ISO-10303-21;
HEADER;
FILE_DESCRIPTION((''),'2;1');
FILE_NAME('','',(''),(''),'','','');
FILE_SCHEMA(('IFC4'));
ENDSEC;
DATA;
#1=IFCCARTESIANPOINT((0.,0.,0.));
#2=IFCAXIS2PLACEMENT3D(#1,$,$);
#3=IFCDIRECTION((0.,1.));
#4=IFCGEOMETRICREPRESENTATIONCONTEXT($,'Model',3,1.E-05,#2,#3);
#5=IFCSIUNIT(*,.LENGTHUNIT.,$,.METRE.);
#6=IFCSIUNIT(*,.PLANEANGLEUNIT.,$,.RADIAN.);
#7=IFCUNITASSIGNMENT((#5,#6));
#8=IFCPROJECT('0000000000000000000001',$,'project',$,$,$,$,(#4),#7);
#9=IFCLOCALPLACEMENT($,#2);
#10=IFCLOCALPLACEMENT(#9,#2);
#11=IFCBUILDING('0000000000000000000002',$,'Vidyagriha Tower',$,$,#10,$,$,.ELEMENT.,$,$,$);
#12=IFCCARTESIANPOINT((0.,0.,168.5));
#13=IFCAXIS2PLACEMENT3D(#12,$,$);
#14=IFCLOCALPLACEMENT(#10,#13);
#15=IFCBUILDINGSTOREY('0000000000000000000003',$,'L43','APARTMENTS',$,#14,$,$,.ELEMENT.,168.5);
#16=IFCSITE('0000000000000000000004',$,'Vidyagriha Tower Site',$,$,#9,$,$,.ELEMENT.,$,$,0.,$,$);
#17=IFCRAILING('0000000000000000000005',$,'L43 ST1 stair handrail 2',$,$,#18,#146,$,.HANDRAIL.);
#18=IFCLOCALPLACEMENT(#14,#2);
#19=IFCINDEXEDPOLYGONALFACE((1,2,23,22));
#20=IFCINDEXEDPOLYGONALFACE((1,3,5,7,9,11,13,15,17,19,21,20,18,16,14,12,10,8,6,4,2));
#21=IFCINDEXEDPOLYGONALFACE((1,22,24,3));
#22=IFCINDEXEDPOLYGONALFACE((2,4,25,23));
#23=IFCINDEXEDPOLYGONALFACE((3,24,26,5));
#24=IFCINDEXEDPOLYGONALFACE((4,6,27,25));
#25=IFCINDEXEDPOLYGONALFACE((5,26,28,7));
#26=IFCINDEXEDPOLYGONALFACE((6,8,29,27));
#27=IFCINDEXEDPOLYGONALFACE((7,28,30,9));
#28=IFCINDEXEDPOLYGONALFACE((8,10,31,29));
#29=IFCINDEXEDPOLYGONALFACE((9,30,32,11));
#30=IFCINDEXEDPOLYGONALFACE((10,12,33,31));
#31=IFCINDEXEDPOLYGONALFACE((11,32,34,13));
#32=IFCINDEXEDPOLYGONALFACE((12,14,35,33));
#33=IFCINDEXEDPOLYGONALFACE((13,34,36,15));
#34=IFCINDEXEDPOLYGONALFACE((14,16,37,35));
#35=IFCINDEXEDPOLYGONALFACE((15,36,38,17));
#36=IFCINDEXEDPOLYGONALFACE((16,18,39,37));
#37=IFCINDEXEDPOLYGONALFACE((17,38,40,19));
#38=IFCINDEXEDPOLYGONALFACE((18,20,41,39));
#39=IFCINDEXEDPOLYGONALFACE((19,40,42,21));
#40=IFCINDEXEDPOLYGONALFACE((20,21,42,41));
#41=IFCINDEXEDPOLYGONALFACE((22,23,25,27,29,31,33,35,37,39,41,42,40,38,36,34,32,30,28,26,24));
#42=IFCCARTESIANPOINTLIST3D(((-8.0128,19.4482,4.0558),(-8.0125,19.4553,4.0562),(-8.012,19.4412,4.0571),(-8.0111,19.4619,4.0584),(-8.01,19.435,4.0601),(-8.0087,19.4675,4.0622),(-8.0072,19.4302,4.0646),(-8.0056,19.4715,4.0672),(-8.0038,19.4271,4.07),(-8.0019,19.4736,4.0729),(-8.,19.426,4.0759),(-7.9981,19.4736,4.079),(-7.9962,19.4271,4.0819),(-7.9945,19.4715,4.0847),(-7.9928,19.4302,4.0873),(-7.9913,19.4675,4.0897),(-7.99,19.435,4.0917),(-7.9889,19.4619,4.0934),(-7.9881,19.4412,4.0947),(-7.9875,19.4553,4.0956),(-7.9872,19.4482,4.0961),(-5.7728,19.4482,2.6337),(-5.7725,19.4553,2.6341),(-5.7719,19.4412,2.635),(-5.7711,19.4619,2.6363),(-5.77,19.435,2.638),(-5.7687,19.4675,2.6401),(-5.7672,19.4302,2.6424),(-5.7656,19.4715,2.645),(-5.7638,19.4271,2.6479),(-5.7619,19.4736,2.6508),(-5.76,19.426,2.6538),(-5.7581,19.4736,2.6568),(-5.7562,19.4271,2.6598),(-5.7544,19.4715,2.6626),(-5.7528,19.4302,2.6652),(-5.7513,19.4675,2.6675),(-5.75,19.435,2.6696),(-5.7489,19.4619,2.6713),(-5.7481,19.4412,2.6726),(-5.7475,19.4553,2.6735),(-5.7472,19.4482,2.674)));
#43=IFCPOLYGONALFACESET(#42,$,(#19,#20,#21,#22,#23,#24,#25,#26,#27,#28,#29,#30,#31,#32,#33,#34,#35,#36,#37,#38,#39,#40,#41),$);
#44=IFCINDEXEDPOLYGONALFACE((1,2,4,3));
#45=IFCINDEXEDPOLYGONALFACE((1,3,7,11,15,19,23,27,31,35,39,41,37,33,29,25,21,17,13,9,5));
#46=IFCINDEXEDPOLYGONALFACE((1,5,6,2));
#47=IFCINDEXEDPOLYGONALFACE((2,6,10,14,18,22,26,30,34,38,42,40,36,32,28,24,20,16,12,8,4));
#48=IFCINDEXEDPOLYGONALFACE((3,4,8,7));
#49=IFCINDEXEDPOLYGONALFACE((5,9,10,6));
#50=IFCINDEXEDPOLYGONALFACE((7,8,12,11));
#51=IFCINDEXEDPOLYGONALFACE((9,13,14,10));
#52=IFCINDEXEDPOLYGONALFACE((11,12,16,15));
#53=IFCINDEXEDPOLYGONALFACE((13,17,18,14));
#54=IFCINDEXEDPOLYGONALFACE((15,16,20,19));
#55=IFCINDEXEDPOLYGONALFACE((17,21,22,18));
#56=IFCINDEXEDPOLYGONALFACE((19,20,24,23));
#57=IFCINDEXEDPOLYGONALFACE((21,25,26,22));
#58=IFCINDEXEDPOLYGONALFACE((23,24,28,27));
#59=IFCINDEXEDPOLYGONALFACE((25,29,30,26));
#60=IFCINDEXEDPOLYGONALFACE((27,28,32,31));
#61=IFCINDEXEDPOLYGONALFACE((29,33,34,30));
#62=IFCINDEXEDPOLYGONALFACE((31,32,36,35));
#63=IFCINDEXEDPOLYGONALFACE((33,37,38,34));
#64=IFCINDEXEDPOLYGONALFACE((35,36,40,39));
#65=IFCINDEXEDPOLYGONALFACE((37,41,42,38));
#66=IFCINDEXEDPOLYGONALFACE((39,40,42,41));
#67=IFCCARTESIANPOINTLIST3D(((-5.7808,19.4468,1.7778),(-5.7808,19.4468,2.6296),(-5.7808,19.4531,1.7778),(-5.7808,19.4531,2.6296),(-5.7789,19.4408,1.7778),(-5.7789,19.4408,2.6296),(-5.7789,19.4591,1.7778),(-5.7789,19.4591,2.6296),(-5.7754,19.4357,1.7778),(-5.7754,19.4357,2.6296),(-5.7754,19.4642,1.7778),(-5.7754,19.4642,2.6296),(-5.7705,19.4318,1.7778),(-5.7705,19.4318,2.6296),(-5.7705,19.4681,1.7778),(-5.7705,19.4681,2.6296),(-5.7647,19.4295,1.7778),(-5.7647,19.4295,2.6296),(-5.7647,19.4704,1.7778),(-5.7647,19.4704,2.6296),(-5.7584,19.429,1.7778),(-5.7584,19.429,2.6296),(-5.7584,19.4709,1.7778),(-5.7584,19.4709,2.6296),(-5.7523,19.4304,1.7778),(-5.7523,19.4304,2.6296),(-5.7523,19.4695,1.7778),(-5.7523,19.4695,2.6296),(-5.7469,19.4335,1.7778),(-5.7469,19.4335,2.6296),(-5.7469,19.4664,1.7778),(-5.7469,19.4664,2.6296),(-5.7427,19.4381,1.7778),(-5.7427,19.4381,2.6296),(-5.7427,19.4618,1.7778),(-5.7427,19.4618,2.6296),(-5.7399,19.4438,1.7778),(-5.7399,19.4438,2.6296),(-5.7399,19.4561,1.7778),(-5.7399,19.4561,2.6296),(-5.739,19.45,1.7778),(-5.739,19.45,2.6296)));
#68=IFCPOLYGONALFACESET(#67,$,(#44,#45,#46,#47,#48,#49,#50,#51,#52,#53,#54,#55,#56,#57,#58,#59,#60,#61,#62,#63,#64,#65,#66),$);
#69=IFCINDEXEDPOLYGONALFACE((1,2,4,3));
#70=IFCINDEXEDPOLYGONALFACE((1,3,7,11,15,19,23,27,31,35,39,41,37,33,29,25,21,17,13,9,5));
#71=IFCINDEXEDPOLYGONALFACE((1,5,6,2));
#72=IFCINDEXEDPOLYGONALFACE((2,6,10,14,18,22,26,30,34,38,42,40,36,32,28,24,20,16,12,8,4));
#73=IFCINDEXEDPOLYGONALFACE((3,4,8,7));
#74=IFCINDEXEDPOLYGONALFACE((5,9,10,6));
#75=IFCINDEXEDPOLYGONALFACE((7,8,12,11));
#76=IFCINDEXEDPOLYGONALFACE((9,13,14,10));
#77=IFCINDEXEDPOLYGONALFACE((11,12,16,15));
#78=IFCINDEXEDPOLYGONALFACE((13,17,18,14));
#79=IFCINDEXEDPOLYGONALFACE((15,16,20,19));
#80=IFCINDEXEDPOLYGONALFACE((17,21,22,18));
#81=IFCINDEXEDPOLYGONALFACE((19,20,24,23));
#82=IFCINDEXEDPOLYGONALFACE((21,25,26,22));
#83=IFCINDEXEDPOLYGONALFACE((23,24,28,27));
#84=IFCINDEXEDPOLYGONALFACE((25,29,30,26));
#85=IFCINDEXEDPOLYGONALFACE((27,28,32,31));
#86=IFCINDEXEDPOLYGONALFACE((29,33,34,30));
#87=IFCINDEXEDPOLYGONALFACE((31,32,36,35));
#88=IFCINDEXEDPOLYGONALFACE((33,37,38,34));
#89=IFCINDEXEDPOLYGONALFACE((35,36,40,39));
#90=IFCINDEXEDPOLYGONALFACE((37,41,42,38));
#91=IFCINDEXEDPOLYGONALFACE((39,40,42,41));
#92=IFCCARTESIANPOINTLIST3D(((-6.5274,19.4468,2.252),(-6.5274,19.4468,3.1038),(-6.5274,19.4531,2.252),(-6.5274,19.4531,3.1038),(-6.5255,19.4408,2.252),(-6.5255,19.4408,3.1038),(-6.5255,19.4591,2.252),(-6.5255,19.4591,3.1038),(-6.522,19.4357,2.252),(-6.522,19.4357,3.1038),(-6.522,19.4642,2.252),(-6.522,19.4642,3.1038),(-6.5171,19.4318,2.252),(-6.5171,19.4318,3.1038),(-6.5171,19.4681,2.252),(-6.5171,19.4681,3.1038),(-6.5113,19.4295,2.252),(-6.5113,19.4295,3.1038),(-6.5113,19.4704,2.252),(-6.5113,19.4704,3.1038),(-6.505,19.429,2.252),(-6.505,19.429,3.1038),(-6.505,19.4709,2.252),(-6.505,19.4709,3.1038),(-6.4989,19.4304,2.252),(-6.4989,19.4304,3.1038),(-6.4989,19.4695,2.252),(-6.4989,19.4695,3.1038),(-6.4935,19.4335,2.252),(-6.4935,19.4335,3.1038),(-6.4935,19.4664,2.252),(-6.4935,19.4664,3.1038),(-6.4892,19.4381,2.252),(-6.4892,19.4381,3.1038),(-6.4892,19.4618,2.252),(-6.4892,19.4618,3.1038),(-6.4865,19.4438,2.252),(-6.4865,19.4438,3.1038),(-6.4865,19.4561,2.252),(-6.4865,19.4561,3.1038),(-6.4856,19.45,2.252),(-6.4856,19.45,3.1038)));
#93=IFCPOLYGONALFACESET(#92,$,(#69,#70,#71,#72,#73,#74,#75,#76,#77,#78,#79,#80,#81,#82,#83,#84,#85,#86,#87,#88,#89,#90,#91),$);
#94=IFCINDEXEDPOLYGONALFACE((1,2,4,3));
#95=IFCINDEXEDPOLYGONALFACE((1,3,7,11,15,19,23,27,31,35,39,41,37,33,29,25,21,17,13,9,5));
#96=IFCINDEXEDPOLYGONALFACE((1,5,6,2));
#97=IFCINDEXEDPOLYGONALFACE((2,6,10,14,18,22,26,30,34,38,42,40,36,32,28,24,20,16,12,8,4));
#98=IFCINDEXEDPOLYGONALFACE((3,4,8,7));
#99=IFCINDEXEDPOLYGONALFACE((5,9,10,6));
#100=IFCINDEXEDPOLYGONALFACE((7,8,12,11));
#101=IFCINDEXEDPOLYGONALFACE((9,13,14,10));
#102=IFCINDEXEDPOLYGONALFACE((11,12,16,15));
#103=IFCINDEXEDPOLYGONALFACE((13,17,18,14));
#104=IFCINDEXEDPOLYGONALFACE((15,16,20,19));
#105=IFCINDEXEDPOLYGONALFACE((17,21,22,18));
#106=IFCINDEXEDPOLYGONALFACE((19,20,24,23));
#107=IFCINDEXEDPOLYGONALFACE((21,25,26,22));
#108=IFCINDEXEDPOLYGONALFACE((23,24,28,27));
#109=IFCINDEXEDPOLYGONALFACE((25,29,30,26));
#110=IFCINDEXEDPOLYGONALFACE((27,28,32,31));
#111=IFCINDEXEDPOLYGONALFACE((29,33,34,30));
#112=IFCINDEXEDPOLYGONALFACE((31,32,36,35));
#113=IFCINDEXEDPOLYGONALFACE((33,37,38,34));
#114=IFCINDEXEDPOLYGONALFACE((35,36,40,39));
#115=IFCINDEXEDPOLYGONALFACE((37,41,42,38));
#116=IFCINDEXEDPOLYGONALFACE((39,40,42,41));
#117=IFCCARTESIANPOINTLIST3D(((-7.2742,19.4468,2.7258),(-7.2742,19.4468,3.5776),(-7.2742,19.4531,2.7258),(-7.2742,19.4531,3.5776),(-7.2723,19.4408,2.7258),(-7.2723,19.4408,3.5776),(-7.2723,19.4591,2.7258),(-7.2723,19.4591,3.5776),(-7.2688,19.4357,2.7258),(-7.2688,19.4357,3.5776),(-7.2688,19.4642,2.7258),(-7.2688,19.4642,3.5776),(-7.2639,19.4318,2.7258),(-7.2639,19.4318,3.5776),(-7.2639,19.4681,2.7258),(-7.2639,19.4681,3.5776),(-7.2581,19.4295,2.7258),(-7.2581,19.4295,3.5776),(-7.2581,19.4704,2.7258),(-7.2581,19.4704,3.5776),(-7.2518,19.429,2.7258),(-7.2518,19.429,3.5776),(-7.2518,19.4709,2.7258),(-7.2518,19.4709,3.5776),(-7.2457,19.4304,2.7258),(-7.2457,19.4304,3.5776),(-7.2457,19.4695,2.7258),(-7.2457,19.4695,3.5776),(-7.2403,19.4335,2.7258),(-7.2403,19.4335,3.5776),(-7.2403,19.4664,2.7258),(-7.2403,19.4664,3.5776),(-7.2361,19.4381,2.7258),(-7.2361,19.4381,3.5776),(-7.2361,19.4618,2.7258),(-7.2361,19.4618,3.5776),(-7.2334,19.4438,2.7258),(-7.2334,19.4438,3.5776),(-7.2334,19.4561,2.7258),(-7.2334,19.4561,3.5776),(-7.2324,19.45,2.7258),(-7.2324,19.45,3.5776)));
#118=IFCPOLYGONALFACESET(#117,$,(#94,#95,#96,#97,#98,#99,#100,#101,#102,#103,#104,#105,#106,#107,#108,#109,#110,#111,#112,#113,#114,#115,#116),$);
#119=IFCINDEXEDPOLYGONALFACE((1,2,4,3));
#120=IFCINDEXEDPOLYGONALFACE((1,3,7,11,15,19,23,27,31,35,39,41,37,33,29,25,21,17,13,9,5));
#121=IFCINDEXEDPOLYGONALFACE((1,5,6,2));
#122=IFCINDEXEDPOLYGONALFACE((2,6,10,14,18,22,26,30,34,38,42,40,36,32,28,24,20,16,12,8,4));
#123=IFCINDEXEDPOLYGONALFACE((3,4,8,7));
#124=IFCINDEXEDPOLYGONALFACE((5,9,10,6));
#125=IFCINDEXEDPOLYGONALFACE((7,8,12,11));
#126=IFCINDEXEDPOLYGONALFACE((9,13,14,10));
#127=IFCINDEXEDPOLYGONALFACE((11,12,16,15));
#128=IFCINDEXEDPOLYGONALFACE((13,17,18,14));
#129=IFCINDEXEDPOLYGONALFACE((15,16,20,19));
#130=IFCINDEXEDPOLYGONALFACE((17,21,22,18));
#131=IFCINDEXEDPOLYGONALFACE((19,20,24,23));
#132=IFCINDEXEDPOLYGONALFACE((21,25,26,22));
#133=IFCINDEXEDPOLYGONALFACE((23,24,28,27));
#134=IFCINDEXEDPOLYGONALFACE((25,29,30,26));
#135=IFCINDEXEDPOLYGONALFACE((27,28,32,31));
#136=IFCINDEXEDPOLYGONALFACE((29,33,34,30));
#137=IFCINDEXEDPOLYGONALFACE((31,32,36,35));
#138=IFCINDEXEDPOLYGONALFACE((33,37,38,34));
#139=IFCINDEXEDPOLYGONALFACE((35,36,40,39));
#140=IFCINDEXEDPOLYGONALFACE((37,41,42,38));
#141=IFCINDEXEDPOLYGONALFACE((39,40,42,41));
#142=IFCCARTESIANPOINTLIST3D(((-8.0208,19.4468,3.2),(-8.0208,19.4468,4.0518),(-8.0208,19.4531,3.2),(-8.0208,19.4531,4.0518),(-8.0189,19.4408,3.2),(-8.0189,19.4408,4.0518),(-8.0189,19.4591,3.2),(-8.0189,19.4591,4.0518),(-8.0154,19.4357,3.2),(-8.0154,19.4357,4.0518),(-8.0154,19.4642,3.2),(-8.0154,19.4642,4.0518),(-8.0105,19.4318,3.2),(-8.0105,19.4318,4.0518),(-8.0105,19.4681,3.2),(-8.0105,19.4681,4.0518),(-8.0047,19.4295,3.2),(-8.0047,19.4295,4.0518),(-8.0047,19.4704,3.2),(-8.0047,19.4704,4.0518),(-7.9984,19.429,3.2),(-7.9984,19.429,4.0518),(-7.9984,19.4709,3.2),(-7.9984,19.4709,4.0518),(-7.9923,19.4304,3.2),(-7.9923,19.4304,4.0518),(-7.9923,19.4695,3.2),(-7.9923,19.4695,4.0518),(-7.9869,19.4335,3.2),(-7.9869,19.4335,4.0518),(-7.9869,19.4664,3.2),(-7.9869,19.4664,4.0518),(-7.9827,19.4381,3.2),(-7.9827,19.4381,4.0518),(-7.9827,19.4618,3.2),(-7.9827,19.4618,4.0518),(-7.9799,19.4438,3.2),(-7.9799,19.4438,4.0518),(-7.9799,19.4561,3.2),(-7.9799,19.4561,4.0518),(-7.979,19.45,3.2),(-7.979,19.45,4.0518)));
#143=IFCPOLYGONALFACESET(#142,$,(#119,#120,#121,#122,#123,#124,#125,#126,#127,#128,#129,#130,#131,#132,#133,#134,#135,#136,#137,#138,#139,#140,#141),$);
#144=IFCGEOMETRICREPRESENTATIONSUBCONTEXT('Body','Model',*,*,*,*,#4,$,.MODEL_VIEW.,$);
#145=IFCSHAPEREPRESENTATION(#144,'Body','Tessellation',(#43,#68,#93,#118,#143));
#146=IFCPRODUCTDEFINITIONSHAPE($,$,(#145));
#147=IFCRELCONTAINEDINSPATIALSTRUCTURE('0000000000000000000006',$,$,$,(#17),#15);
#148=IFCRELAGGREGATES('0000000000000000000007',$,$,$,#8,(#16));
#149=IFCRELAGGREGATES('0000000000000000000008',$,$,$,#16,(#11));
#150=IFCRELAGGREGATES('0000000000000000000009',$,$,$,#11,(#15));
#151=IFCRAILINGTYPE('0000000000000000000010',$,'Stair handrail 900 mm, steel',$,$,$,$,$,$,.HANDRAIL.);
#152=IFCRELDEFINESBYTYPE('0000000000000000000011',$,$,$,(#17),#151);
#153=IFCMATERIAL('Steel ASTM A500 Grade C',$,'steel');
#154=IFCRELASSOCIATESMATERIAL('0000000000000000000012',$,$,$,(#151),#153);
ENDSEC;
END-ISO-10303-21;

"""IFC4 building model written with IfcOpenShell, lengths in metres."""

from ifc_helpers import new_model, si_unit, direction, frame, origin, origin_2d, place, context, subcontext, project, spatial, circle, extrude, material, type_object, element, save


model = new_model("IFC4")

# Units and contexts
model_context = context("Model", 3, precision=1e-05, world=origin(), true_north=direction((0.0, 1.0)))
body_context = subcontext(model_context, "Body", "Model", "MODEL_VIEW")
ifc_project = project(units=[si_unit("LENGTHUNIT", "METRE"), si_unit("PLANEANGLEUNIT", "RADIAN")], contexts=[model_context])

# Site, building, storey
site_placement = place(None, origin())
site = spatial("IfcSite", under=ifc_project, at=site_placement, Name="Vidyagriha Tower Site", CompositionType="ELEMENT", RefElevation=0.0)
building_placement = place(site_placement, origin())
building = spatial("IfcBuilding", under=site, at=building_placement, Name="Vidyagriha Tower", CompositionType="ELEMENT")
storey_placement = place(building_placement, frame((0.0, 0.0, 168.5)))
storey = spatial("IfcBuildingStorey", under=building, at=storey_placement, Name="L43", Description="APARTMENTS", CompositionType="ELEMENT", Elevation=168.5)

# Railing
ifc_material_1 = material(Name="Steel ASTM A500 Grade C", Category="steel")
railing_type_1 = type_object("IfcRailingType", Name="Stair handrail 900 mm, steel", PredefinedType="HANDRAIL", material=ifc_material_1)
railing_1_placement = place(storey_placement, frame((-5.76, 19.45, 1.7778)))
element("IfcRailing", 1, at=railing_1_placement, inside=storey, type_object=railing_type_1, Name="L43 ST1 stair handrail 2", PredefinedType="HANDRAIL", context=body_context, shape_type="SweptSolid", body=[
    extrude(circle(Radius=0.0239, at=origin_2d()), frame((0.0, 0.0, 0.876), z_axis=(-0.844229, 0.0, 0.535982), x_axis=(0.0, -1.0, 0.0)), (0.0, 0.0, 1.0), 2.6533),
    extrude(circle(Radius=0.021, at=origin_2d()), origin(), (0.0, 0.0, 1.0), 0.8518),
    extrude(circle(Radius=0.021, at=origin_2d()), frame((-0.7466, 0.0, 0.4741)), (0.0, 0.0, 1.0), 0.8518),
    extrude(circle(Radius=0.021, at=origin_2d()), frame((-1.4934, 0.0, 0.948)), (0.0, 0.0, 1.0), 0.8518),
    extrude(circle(Radius=0.021, at=origin_2d()), frame((-2.24, 0.0, 1.4221)), (0.0, 0.0, 1.0), 0.8518),
])

save(model, "model.ifc")
